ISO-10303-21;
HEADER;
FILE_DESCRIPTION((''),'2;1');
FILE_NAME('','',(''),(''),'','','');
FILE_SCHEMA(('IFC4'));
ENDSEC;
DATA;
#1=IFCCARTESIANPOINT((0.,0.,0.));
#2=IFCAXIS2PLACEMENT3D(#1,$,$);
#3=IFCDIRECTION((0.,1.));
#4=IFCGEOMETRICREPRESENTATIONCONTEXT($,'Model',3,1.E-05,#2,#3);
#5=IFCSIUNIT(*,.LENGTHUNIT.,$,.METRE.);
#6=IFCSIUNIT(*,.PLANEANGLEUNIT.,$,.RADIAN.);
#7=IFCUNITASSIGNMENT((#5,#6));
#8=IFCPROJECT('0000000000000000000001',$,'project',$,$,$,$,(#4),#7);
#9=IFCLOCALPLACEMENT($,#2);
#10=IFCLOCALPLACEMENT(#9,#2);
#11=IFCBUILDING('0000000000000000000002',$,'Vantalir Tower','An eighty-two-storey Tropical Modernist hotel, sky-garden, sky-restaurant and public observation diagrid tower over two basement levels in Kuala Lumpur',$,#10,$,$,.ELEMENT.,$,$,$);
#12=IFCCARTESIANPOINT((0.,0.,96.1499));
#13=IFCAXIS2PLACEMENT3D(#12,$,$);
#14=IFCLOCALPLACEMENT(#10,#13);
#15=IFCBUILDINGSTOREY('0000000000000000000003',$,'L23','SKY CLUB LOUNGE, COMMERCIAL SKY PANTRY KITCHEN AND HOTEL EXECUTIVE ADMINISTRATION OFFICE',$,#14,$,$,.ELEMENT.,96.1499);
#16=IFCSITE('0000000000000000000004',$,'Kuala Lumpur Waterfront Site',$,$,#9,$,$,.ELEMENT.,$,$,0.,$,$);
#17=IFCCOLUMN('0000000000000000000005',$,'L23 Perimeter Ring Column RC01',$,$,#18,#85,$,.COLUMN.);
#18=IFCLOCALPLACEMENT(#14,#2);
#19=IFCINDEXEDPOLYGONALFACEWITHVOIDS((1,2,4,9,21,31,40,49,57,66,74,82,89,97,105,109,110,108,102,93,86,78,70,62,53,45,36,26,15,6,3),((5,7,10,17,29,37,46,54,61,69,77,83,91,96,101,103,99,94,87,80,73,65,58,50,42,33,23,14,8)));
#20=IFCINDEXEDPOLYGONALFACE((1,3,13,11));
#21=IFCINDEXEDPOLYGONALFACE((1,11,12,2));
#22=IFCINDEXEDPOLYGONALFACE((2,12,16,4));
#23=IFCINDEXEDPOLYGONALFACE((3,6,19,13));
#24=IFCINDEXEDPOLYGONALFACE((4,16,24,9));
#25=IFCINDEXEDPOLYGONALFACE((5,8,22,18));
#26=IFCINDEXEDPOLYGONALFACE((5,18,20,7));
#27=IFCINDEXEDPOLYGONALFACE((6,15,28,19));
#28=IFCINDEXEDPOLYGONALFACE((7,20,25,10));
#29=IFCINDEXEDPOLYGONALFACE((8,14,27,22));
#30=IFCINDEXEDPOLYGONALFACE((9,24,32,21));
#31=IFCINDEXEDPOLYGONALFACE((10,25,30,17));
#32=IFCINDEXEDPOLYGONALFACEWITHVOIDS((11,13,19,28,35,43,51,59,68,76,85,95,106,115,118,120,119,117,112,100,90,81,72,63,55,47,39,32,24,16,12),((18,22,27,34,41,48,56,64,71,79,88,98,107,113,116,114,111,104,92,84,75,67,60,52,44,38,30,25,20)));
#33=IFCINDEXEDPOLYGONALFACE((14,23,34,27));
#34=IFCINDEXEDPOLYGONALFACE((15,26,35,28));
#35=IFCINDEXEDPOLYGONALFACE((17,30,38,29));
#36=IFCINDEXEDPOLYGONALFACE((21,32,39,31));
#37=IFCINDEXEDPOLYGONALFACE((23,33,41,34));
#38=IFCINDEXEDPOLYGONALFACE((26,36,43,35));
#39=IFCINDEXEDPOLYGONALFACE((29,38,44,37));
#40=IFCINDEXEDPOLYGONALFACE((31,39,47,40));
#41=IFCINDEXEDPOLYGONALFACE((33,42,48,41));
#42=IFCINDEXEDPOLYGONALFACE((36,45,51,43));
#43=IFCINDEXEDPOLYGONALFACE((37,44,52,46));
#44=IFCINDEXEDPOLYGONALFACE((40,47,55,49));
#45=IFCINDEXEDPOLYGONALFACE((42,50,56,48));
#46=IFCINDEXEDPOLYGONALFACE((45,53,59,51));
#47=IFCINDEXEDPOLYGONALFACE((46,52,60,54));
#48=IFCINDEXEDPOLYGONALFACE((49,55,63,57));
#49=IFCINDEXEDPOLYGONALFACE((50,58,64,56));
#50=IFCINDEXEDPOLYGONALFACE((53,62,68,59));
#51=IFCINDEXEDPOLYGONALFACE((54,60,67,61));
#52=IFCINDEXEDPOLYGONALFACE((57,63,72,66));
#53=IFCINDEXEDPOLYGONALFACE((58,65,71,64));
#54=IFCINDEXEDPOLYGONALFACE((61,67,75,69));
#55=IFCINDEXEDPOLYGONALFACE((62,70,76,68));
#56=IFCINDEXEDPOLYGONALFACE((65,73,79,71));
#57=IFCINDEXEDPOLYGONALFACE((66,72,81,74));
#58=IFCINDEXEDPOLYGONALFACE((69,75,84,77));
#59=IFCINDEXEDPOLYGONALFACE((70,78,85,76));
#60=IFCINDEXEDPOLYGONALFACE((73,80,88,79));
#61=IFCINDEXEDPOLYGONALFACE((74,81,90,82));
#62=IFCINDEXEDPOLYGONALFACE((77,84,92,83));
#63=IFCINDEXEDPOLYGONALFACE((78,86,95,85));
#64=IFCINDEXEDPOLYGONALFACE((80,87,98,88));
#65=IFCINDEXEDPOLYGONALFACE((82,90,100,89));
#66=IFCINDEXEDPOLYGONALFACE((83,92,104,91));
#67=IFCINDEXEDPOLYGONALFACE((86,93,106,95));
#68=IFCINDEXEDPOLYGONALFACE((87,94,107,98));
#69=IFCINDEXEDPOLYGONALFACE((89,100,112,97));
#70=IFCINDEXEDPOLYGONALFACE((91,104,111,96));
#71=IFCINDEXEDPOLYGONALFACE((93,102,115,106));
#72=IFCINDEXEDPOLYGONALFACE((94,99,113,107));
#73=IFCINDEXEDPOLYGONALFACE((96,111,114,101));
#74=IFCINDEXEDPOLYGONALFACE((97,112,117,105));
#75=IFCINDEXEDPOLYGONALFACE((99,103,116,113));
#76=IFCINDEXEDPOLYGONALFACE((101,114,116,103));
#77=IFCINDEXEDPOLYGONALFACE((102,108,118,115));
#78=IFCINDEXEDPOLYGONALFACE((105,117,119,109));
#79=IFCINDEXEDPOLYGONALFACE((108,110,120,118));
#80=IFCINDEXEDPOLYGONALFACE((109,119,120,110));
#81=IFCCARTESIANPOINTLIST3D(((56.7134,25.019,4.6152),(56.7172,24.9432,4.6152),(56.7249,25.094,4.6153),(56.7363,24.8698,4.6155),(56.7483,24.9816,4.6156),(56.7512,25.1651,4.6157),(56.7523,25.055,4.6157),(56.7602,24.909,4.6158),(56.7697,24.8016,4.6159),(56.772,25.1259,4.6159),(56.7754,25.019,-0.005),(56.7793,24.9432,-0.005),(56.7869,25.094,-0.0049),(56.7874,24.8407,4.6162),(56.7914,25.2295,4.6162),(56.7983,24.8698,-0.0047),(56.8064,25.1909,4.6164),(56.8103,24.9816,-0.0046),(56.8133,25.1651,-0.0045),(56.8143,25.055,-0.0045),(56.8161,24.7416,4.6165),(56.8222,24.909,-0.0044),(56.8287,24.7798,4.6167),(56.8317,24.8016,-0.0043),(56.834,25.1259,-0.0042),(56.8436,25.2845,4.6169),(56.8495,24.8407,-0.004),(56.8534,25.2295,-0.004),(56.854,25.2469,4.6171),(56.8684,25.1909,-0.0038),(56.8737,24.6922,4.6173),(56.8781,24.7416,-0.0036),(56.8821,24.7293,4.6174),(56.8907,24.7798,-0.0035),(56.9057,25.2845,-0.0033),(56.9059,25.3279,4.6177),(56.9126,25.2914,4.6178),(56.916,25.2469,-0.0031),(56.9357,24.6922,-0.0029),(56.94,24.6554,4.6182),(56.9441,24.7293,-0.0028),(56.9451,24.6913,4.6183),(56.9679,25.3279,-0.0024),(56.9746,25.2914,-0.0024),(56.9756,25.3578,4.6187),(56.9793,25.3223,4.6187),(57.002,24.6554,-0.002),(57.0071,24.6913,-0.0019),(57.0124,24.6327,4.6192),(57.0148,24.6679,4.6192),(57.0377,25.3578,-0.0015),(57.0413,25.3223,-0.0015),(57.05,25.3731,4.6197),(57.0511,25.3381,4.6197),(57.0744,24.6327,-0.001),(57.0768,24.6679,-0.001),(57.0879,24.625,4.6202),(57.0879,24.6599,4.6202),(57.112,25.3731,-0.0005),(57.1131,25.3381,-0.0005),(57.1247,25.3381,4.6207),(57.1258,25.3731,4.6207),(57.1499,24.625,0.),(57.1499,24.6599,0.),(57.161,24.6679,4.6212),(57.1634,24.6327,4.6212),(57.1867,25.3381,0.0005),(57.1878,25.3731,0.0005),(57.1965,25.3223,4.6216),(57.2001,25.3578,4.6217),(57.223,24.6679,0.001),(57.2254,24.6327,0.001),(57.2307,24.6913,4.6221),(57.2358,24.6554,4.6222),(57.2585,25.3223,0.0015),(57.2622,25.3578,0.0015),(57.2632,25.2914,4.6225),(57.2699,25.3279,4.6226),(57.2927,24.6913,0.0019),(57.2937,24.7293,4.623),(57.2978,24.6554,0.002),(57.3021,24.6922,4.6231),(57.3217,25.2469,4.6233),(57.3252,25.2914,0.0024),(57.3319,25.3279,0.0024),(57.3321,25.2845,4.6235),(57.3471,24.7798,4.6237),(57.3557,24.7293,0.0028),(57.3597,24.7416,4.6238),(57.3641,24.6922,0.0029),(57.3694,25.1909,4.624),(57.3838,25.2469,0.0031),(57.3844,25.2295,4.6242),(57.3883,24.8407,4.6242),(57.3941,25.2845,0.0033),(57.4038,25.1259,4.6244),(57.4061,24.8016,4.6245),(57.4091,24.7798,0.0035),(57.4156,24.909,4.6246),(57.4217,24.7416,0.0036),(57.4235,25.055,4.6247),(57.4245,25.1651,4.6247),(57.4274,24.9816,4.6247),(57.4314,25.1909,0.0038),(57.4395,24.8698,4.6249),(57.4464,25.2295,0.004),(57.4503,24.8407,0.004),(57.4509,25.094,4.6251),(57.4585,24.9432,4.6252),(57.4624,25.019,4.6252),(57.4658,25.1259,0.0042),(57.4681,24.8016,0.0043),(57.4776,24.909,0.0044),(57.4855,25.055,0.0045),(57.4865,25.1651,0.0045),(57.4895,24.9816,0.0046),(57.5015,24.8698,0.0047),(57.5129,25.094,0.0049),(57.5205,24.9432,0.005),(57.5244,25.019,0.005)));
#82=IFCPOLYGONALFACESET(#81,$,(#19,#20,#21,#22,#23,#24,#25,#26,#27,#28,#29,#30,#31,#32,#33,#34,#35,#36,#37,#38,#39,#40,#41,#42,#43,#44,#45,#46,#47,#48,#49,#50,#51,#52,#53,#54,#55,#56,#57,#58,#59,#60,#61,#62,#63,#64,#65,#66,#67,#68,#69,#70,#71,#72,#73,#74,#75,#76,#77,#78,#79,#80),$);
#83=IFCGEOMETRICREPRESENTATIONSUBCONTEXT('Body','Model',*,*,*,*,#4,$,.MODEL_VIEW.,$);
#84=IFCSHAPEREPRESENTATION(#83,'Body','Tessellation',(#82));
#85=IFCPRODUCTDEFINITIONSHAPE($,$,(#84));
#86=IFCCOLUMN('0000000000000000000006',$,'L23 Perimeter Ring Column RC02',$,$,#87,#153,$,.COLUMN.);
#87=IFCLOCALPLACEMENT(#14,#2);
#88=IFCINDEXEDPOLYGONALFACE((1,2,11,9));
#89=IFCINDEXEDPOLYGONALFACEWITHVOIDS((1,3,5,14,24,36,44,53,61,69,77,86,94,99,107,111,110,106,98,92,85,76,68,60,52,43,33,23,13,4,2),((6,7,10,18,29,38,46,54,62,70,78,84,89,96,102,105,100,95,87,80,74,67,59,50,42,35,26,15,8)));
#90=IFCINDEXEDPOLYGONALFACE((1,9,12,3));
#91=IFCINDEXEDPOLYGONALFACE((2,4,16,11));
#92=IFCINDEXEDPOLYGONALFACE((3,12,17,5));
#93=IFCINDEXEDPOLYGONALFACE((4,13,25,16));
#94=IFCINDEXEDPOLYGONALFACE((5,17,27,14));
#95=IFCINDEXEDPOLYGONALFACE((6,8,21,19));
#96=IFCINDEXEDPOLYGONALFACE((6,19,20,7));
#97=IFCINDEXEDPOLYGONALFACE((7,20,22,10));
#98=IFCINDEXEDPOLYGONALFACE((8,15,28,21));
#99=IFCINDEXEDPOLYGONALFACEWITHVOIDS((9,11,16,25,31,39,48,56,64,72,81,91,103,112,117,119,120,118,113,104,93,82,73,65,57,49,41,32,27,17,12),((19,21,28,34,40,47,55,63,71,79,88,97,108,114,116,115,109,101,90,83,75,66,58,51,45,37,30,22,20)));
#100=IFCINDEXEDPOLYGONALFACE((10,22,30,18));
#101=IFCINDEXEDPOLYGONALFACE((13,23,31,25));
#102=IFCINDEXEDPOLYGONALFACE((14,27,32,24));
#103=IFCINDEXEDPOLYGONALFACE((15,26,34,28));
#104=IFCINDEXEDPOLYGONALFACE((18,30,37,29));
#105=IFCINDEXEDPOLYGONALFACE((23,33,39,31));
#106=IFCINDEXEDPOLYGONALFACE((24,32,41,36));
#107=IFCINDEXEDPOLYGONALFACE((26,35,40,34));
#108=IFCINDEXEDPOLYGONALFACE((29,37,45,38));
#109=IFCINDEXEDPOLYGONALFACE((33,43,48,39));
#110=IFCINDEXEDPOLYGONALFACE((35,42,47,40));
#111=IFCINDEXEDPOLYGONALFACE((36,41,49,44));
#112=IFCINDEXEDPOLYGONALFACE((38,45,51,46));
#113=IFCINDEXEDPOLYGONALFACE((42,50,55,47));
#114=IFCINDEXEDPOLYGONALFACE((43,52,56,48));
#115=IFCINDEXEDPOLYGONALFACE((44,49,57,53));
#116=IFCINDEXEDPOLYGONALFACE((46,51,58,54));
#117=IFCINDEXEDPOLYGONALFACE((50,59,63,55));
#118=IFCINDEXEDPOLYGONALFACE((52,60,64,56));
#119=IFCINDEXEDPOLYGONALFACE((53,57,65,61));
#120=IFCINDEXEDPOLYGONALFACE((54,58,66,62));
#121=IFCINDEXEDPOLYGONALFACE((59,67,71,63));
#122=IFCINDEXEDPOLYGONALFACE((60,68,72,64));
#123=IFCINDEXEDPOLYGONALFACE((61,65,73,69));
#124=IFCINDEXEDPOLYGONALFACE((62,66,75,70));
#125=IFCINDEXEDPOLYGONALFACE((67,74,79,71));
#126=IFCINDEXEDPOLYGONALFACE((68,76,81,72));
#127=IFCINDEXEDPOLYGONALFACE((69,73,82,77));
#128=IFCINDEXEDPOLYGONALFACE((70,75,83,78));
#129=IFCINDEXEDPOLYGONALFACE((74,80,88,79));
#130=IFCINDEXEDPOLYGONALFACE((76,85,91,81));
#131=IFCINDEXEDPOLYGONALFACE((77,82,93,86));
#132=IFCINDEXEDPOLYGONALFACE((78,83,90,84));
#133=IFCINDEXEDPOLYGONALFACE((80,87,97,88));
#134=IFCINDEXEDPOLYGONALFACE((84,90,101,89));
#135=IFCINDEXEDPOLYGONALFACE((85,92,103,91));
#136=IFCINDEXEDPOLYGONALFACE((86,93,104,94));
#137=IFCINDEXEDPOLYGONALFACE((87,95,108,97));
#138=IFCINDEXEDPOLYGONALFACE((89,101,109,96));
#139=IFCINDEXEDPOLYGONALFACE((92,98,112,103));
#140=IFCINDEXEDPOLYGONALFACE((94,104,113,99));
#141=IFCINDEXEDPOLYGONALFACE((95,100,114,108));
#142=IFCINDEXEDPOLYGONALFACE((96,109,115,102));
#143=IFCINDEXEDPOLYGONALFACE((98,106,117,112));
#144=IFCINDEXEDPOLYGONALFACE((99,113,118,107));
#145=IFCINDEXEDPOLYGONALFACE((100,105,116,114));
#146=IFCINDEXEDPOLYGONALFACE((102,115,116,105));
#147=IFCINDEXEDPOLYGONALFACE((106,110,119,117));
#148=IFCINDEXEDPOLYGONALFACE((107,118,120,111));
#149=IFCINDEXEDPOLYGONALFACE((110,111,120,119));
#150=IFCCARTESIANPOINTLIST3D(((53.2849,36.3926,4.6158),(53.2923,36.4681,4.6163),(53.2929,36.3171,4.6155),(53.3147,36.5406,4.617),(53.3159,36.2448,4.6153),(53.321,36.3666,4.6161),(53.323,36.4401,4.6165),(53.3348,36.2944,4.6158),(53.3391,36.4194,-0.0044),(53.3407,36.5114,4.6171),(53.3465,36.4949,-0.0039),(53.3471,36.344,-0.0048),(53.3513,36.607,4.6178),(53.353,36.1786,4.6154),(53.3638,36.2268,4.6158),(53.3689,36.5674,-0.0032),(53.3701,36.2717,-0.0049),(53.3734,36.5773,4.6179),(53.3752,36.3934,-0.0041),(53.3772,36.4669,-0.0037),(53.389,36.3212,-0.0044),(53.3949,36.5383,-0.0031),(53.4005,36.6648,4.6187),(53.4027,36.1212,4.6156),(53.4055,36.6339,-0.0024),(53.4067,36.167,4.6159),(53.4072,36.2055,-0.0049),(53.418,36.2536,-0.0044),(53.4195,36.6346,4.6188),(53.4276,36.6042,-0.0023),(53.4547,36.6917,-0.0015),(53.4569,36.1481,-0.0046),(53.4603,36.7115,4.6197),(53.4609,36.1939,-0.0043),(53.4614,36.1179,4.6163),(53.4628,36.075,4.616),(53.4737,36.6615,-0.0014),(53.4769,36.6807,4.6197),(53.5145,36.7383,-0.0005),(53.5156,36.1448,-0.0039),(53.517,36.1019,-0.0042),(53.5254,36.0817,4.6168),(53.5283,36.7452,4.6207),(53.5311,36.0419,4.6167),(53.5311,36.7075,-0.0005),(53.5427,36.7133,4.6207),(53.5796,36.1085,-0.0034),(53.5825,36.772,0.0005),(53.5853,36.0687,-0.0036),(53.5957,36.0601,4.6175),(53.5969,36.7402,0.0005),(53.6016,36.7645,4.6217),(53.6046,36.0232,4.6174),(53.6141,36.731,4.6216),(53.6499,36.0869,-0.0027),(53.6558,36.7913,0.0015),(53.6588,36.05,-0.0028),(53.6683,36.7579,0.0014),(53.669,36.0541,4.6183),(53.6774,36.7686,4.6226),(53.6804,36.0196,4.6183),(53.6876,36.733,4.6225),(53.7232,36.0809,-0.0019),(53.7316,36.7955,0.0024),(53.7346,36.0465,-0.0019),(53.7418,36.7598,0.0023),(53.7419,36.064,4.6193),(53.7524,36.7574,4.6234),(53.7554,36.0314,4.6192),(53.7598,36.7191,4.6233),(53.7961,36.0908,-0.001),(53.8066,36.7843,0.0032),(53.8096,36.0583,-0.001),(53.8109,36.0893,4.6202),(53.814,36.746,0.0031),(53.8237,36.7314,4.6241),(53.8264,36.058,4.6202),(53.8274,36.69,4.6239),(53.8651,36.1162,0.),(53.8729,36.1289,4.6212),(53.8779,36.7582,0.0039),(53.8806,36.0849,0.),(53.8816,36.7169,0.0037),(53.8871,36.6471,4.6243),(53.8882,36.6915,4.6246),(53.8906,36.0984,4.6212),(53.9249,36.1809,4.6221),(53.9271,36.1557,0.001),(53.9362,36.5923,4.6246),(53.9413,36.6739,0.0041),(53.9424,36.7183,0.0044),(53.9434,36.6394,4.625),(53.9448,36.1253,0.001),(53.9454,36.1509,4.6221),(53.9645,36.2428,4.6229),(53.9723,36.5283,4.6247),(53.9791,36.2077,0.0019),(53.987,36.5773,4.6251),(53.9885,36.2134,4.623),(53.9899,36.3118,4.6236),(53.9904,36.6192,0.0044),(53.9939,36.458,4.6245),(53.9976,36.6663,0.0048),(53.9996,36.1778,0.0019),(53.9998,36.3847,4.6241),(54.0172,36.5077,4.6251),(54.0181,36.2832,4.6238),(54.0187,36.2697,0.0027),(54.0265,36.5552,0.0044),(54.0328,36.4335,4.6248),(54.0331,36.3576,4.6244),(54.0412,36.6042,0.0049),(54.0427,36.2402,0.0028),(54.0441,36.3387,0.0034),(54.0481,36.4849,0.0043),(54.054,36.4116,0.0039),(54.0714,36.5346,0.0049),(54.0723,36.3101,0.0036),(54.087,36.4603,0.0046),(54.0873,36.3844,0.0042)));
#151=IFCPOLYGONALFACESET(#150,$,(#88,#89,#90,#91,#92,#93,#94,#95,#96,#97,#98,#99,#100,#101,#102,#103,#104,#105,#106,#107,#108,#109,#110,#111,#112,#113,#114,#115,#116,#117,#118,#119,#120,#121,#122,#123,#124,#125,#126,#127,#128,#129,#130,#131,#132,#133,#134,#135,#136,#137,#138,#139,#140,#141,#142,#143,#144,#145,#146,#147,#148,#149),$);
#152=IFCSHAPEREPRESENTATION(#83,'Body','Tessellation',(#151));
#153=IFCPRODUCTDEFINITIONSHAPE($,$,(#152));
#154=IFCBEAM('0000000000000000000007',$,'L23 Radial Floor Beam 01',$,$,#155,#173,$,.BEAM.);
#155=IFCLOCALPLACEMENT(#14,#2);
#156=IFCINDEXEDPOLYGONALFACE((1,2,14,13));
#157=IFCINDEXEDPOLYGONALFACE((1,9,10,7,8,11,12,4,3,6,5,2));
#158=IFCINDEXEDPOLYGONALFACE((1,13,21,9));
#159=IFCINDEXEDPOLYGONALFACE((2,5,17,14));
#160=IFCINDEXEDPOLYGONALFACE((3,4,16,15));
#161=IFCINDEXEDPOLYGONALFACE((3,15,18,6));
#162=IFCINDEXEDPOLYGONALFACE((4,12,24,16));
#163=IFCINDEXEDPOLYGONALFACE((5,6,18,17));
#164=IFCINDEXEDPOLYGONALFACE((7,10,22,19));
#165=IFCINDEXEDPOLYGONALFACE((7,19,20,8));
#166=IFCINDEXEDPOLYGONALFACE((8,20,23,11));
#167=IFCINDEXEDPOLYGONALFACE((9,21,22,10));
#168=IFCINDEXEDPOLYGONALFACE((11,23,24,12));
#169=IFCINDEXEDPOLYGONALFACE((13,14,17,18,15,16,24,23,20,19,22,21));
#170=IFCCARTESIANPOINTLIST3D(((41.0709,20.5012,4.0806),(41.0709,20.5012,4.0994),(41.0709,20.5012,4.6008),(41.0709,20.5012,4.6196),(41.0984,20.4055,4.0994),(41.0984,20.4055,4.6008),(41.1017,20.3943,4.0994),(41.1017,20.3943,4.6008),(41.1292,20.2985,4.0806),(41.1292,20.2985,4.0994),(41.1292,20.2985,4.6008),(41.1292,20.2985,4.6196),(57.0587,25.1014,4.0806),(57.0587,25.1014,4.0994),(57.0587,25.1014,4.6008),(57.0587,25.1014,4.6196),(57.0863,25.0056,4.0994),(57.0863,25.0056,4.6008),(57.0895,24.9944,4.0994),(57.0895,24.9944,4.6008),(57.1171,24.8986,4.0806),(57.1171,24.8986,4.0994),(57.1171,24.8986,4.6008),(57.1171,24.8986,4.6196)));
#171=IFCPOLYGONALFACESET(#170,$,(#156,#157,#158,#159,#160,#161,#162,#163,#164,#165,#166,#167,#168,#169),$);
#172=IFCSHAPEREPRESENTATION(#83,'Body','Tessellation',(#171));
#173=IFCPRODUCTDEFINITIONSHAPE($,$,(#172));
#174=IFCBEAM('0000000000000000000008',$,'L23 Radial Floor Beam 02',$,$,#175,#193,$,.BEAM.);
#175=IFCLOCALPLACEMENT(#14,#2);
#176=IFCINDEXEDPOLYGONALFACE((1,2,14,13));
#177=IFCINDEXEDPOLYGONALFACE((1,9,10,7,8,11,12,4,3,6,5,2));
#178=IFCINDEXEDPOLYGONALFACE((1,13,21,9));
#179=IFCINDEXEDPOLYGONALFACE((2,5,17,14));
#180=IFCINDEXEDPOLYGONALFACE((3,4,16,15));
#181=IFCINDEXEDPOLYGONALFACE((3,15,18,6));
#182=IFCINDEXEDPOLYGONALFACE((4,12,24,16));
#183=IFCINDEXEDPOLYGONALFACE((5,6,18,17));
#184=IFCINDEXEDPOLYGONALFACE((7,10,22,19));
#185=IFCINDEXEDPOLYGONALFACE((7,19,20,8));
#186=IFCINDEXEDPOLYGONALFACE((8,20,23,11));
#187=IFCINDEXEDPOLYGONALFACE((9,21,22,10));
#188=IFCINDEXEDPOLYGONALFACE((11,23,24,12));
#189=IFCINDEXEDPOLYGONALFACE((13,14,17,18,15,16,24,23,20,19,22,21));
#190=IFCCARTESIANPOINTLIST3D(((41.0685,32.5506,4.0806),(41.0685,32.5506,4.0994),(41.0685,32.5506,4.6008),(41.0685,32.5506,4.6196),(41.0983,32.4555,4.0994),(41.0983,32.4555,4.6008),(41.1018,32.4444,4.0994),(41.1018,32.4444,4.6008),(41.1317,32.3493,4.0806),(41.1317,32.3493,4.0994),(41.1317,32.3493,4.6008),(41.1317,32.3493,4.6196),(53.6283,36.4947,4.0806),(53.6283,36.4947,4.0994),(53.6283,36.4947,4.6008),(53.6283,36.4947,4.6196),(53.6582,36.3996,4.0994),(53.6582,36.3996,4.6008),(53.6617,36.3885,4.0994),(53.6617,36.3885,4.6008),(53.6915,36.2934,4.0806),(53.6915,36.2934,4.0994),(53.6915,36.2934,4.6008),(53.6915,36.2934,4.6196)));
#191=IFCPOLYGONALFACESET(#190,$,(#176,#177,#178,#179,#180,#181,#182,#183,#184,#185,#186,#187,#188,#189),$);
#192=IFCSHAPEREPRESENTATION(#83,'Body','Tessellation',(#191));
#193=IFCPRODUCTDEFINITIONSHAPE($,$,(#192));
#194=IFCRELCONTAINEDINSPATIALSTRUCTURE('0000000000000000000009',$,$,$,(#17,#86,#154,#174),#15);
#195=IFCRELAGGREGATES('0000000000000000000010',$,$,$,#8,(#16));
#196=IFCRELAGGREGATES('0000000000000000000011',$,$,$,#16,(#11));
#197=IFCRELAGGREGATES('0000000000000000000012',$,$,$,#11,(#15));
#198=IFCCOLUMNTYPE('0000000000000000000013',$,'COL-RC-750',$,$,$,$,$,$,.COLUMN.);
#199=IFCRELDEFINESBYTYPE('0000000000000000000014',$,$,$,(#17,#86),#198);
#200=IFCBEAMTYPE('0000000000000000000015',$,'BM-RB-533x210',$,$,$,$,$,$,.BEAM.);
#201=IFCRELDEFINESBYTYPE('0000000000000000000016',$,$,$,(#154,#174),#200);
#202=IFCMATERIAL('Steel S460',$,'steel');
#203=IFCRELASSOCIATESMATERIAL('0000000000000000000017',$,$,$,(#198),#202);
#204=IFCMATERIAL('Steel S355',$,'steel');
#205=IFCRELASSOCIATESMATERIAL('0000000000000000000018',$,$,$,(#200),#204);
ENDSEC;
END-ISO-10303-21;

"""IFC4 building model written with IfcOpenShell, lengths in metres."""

from ifc_helpers import new_model, si_unit, direction, frame, origin, origin_2d, place, context, subcontext, project, spatial, hollow_circle, i_section, extrude, material, material_profile, profile_set, type_object, element, save


model = new_model("IFC4")

# Units and contexts
model_context = context("Model", 3, precision=1e-05, world=origin(), true_north=direction((0.0, 1.0)))
body_context = subcontext(model_context, "Body", "Model", "MODEL_VIEW")
ifc_project = project(units=[si_unit("LENGTHUNIT", "METRE"), si_unit("PLANEANGLEUNIT", "RADIAN")], contexts=[model_context])

# Site, building, storey
site_placement = place(None, origin())
site = spatial("IfcSite", under=ifc_project, at=site_placement, Name="Kuala Lumpur Waterfront Site", CompositionType="ELEMENT", RefElevation=0.0)
building_placement = place(site_placement, origin())
building = spatial("IfcBuilding", under=site, at=building_placement, Name="Vantalir Tower", Description="An eighty-two-storey Tropical Modernist hotel, sky-garden, sky-restaurant and public observation diagrid tower over two basement levels in Kuala Lumpur", CompositionType="ELEMENT")
storey_placement = place(building_placement, frame((0.0, 0.0, 96.1499)))
storey = spatial("IfcBuildingStorey", under=building, at=storey_placement, Name="L23", Description="SKY CLUB LOUNGE, COMMERCIAL SKY PANTRY KITCHEN AND HOTEL EXECUTIVE ADMINISTRATION OFFICE", CompositionType="ELEMENT", Elevation=96.1499)

# Columns
ifc_material_1 = material(Name="Steel S460", Category="steel")
ifc_material_profile_1 = material_profile(ifc_material_1, hollow_circle(Radius=0.375, WallThickness=0.0349, at=origin_2d()), Name="Steel S460")
ifc_profile_set_1 = profile_set([ifc_material_profile_1], Name="Steel S460")
column_type = type_object("IfcColumnType", Name="COL-RC-750", PredefinedType="COLUMN", material=ifc_profile_set_1)
for number, where, z_axis, x_axis, name in (
    (1, (57.1499, 25.0, 0.0), (-0.013421, 0.0, 0.99991), (0.0, -1.0, 0.0), "L23 Perimeter Ring Column RC01"),
    (2, (53.7141, 36.4209, 0.0), (-0.01173, -0.005812, 0.999914), (0.443982, -0.896036, 0.0), "L23 Perimeter Ring Column RC02"),
):
    element("IfcColumn", number, at=place(storey_placement, frame(where, z_axis=z_axis, x_axis=x_axis)), inside=storey, type_object=column_type, Name=name, PredefinedType="COLUMN", context=body_context, shape_type="SweptSolid", body=[
        extrude(hollow_circle(Radius=0.375, WallThickness=0.0349, at=origin_2d()), origin(), (0.0, 0.0, 1.0), 4.6206),
    ])

# Beams
ifc_material_2 = material(Name="Steel S355", Category="steel")
ifc_material_profile_2 = material_profile(ifc_material_2, i_section(OverallWidth=0.2109, OverallDepth=0.5391, WebThickness=0.0117, FlangeThickness=0.0188, at=origin_2d()), Name="Steel S355")
ifc_profile_set_2 = profile_set([ifc_material_profile_2], Name="Steel S355")
beam_type_1 = type_object("IfcBeamType", Name="BM-RB-533x210", PredefinedType="BEAM", material=ifc_profile_set_2)
beam_1_placement = place(storey_placement, frame((57.0879, 25.0, 4.3501), z_axis=(-0.961012, -0.276508, 0.0), x_axis=(0.276508, -0.961012, 0.0)))
element("IfcBeam", 3, at=beam_1_placement, inside=storey, type_object=beam_type_1, Name="L23 Radial Floor Beam 01", PredefinedType="BEAM", context=body_context, shape_type="SweptSolid", body=[
    extrude(i_section(OverallWidth=0.2109, OverallDepth=0.5391, WebThickness=0.0117, FlangeThickness=0.0188, at=origin_2d()), origin(), (0.0, 0.0, 1.0), 16.6365),
])
beam_2_placement = place(storey_placement, frame((53.6599, 36.394, 4.3501), z_axis=(-0.954065, -0.2996, 0.0), x_axis=(0.2996, -0.954065, 0.0)))
element("IfcBeam", 4, at=beam_2_placement, inside=storey, type_object=beam_type_1, Name="L23 Radial Floor Beam 02", PredefinedType="BEAM", context=body_context, shape_type="SweptSolid", body=[
    extrude(i_section(OverallWidth=0.2109, OverallDepth=0.5391, WebThickness=0.0117, FlangeThickness=0.0188, at=origin_2d()), origin(), (0.0, 0.0, 1.0), 13.1646),
])

save(model, "model.ifc")
